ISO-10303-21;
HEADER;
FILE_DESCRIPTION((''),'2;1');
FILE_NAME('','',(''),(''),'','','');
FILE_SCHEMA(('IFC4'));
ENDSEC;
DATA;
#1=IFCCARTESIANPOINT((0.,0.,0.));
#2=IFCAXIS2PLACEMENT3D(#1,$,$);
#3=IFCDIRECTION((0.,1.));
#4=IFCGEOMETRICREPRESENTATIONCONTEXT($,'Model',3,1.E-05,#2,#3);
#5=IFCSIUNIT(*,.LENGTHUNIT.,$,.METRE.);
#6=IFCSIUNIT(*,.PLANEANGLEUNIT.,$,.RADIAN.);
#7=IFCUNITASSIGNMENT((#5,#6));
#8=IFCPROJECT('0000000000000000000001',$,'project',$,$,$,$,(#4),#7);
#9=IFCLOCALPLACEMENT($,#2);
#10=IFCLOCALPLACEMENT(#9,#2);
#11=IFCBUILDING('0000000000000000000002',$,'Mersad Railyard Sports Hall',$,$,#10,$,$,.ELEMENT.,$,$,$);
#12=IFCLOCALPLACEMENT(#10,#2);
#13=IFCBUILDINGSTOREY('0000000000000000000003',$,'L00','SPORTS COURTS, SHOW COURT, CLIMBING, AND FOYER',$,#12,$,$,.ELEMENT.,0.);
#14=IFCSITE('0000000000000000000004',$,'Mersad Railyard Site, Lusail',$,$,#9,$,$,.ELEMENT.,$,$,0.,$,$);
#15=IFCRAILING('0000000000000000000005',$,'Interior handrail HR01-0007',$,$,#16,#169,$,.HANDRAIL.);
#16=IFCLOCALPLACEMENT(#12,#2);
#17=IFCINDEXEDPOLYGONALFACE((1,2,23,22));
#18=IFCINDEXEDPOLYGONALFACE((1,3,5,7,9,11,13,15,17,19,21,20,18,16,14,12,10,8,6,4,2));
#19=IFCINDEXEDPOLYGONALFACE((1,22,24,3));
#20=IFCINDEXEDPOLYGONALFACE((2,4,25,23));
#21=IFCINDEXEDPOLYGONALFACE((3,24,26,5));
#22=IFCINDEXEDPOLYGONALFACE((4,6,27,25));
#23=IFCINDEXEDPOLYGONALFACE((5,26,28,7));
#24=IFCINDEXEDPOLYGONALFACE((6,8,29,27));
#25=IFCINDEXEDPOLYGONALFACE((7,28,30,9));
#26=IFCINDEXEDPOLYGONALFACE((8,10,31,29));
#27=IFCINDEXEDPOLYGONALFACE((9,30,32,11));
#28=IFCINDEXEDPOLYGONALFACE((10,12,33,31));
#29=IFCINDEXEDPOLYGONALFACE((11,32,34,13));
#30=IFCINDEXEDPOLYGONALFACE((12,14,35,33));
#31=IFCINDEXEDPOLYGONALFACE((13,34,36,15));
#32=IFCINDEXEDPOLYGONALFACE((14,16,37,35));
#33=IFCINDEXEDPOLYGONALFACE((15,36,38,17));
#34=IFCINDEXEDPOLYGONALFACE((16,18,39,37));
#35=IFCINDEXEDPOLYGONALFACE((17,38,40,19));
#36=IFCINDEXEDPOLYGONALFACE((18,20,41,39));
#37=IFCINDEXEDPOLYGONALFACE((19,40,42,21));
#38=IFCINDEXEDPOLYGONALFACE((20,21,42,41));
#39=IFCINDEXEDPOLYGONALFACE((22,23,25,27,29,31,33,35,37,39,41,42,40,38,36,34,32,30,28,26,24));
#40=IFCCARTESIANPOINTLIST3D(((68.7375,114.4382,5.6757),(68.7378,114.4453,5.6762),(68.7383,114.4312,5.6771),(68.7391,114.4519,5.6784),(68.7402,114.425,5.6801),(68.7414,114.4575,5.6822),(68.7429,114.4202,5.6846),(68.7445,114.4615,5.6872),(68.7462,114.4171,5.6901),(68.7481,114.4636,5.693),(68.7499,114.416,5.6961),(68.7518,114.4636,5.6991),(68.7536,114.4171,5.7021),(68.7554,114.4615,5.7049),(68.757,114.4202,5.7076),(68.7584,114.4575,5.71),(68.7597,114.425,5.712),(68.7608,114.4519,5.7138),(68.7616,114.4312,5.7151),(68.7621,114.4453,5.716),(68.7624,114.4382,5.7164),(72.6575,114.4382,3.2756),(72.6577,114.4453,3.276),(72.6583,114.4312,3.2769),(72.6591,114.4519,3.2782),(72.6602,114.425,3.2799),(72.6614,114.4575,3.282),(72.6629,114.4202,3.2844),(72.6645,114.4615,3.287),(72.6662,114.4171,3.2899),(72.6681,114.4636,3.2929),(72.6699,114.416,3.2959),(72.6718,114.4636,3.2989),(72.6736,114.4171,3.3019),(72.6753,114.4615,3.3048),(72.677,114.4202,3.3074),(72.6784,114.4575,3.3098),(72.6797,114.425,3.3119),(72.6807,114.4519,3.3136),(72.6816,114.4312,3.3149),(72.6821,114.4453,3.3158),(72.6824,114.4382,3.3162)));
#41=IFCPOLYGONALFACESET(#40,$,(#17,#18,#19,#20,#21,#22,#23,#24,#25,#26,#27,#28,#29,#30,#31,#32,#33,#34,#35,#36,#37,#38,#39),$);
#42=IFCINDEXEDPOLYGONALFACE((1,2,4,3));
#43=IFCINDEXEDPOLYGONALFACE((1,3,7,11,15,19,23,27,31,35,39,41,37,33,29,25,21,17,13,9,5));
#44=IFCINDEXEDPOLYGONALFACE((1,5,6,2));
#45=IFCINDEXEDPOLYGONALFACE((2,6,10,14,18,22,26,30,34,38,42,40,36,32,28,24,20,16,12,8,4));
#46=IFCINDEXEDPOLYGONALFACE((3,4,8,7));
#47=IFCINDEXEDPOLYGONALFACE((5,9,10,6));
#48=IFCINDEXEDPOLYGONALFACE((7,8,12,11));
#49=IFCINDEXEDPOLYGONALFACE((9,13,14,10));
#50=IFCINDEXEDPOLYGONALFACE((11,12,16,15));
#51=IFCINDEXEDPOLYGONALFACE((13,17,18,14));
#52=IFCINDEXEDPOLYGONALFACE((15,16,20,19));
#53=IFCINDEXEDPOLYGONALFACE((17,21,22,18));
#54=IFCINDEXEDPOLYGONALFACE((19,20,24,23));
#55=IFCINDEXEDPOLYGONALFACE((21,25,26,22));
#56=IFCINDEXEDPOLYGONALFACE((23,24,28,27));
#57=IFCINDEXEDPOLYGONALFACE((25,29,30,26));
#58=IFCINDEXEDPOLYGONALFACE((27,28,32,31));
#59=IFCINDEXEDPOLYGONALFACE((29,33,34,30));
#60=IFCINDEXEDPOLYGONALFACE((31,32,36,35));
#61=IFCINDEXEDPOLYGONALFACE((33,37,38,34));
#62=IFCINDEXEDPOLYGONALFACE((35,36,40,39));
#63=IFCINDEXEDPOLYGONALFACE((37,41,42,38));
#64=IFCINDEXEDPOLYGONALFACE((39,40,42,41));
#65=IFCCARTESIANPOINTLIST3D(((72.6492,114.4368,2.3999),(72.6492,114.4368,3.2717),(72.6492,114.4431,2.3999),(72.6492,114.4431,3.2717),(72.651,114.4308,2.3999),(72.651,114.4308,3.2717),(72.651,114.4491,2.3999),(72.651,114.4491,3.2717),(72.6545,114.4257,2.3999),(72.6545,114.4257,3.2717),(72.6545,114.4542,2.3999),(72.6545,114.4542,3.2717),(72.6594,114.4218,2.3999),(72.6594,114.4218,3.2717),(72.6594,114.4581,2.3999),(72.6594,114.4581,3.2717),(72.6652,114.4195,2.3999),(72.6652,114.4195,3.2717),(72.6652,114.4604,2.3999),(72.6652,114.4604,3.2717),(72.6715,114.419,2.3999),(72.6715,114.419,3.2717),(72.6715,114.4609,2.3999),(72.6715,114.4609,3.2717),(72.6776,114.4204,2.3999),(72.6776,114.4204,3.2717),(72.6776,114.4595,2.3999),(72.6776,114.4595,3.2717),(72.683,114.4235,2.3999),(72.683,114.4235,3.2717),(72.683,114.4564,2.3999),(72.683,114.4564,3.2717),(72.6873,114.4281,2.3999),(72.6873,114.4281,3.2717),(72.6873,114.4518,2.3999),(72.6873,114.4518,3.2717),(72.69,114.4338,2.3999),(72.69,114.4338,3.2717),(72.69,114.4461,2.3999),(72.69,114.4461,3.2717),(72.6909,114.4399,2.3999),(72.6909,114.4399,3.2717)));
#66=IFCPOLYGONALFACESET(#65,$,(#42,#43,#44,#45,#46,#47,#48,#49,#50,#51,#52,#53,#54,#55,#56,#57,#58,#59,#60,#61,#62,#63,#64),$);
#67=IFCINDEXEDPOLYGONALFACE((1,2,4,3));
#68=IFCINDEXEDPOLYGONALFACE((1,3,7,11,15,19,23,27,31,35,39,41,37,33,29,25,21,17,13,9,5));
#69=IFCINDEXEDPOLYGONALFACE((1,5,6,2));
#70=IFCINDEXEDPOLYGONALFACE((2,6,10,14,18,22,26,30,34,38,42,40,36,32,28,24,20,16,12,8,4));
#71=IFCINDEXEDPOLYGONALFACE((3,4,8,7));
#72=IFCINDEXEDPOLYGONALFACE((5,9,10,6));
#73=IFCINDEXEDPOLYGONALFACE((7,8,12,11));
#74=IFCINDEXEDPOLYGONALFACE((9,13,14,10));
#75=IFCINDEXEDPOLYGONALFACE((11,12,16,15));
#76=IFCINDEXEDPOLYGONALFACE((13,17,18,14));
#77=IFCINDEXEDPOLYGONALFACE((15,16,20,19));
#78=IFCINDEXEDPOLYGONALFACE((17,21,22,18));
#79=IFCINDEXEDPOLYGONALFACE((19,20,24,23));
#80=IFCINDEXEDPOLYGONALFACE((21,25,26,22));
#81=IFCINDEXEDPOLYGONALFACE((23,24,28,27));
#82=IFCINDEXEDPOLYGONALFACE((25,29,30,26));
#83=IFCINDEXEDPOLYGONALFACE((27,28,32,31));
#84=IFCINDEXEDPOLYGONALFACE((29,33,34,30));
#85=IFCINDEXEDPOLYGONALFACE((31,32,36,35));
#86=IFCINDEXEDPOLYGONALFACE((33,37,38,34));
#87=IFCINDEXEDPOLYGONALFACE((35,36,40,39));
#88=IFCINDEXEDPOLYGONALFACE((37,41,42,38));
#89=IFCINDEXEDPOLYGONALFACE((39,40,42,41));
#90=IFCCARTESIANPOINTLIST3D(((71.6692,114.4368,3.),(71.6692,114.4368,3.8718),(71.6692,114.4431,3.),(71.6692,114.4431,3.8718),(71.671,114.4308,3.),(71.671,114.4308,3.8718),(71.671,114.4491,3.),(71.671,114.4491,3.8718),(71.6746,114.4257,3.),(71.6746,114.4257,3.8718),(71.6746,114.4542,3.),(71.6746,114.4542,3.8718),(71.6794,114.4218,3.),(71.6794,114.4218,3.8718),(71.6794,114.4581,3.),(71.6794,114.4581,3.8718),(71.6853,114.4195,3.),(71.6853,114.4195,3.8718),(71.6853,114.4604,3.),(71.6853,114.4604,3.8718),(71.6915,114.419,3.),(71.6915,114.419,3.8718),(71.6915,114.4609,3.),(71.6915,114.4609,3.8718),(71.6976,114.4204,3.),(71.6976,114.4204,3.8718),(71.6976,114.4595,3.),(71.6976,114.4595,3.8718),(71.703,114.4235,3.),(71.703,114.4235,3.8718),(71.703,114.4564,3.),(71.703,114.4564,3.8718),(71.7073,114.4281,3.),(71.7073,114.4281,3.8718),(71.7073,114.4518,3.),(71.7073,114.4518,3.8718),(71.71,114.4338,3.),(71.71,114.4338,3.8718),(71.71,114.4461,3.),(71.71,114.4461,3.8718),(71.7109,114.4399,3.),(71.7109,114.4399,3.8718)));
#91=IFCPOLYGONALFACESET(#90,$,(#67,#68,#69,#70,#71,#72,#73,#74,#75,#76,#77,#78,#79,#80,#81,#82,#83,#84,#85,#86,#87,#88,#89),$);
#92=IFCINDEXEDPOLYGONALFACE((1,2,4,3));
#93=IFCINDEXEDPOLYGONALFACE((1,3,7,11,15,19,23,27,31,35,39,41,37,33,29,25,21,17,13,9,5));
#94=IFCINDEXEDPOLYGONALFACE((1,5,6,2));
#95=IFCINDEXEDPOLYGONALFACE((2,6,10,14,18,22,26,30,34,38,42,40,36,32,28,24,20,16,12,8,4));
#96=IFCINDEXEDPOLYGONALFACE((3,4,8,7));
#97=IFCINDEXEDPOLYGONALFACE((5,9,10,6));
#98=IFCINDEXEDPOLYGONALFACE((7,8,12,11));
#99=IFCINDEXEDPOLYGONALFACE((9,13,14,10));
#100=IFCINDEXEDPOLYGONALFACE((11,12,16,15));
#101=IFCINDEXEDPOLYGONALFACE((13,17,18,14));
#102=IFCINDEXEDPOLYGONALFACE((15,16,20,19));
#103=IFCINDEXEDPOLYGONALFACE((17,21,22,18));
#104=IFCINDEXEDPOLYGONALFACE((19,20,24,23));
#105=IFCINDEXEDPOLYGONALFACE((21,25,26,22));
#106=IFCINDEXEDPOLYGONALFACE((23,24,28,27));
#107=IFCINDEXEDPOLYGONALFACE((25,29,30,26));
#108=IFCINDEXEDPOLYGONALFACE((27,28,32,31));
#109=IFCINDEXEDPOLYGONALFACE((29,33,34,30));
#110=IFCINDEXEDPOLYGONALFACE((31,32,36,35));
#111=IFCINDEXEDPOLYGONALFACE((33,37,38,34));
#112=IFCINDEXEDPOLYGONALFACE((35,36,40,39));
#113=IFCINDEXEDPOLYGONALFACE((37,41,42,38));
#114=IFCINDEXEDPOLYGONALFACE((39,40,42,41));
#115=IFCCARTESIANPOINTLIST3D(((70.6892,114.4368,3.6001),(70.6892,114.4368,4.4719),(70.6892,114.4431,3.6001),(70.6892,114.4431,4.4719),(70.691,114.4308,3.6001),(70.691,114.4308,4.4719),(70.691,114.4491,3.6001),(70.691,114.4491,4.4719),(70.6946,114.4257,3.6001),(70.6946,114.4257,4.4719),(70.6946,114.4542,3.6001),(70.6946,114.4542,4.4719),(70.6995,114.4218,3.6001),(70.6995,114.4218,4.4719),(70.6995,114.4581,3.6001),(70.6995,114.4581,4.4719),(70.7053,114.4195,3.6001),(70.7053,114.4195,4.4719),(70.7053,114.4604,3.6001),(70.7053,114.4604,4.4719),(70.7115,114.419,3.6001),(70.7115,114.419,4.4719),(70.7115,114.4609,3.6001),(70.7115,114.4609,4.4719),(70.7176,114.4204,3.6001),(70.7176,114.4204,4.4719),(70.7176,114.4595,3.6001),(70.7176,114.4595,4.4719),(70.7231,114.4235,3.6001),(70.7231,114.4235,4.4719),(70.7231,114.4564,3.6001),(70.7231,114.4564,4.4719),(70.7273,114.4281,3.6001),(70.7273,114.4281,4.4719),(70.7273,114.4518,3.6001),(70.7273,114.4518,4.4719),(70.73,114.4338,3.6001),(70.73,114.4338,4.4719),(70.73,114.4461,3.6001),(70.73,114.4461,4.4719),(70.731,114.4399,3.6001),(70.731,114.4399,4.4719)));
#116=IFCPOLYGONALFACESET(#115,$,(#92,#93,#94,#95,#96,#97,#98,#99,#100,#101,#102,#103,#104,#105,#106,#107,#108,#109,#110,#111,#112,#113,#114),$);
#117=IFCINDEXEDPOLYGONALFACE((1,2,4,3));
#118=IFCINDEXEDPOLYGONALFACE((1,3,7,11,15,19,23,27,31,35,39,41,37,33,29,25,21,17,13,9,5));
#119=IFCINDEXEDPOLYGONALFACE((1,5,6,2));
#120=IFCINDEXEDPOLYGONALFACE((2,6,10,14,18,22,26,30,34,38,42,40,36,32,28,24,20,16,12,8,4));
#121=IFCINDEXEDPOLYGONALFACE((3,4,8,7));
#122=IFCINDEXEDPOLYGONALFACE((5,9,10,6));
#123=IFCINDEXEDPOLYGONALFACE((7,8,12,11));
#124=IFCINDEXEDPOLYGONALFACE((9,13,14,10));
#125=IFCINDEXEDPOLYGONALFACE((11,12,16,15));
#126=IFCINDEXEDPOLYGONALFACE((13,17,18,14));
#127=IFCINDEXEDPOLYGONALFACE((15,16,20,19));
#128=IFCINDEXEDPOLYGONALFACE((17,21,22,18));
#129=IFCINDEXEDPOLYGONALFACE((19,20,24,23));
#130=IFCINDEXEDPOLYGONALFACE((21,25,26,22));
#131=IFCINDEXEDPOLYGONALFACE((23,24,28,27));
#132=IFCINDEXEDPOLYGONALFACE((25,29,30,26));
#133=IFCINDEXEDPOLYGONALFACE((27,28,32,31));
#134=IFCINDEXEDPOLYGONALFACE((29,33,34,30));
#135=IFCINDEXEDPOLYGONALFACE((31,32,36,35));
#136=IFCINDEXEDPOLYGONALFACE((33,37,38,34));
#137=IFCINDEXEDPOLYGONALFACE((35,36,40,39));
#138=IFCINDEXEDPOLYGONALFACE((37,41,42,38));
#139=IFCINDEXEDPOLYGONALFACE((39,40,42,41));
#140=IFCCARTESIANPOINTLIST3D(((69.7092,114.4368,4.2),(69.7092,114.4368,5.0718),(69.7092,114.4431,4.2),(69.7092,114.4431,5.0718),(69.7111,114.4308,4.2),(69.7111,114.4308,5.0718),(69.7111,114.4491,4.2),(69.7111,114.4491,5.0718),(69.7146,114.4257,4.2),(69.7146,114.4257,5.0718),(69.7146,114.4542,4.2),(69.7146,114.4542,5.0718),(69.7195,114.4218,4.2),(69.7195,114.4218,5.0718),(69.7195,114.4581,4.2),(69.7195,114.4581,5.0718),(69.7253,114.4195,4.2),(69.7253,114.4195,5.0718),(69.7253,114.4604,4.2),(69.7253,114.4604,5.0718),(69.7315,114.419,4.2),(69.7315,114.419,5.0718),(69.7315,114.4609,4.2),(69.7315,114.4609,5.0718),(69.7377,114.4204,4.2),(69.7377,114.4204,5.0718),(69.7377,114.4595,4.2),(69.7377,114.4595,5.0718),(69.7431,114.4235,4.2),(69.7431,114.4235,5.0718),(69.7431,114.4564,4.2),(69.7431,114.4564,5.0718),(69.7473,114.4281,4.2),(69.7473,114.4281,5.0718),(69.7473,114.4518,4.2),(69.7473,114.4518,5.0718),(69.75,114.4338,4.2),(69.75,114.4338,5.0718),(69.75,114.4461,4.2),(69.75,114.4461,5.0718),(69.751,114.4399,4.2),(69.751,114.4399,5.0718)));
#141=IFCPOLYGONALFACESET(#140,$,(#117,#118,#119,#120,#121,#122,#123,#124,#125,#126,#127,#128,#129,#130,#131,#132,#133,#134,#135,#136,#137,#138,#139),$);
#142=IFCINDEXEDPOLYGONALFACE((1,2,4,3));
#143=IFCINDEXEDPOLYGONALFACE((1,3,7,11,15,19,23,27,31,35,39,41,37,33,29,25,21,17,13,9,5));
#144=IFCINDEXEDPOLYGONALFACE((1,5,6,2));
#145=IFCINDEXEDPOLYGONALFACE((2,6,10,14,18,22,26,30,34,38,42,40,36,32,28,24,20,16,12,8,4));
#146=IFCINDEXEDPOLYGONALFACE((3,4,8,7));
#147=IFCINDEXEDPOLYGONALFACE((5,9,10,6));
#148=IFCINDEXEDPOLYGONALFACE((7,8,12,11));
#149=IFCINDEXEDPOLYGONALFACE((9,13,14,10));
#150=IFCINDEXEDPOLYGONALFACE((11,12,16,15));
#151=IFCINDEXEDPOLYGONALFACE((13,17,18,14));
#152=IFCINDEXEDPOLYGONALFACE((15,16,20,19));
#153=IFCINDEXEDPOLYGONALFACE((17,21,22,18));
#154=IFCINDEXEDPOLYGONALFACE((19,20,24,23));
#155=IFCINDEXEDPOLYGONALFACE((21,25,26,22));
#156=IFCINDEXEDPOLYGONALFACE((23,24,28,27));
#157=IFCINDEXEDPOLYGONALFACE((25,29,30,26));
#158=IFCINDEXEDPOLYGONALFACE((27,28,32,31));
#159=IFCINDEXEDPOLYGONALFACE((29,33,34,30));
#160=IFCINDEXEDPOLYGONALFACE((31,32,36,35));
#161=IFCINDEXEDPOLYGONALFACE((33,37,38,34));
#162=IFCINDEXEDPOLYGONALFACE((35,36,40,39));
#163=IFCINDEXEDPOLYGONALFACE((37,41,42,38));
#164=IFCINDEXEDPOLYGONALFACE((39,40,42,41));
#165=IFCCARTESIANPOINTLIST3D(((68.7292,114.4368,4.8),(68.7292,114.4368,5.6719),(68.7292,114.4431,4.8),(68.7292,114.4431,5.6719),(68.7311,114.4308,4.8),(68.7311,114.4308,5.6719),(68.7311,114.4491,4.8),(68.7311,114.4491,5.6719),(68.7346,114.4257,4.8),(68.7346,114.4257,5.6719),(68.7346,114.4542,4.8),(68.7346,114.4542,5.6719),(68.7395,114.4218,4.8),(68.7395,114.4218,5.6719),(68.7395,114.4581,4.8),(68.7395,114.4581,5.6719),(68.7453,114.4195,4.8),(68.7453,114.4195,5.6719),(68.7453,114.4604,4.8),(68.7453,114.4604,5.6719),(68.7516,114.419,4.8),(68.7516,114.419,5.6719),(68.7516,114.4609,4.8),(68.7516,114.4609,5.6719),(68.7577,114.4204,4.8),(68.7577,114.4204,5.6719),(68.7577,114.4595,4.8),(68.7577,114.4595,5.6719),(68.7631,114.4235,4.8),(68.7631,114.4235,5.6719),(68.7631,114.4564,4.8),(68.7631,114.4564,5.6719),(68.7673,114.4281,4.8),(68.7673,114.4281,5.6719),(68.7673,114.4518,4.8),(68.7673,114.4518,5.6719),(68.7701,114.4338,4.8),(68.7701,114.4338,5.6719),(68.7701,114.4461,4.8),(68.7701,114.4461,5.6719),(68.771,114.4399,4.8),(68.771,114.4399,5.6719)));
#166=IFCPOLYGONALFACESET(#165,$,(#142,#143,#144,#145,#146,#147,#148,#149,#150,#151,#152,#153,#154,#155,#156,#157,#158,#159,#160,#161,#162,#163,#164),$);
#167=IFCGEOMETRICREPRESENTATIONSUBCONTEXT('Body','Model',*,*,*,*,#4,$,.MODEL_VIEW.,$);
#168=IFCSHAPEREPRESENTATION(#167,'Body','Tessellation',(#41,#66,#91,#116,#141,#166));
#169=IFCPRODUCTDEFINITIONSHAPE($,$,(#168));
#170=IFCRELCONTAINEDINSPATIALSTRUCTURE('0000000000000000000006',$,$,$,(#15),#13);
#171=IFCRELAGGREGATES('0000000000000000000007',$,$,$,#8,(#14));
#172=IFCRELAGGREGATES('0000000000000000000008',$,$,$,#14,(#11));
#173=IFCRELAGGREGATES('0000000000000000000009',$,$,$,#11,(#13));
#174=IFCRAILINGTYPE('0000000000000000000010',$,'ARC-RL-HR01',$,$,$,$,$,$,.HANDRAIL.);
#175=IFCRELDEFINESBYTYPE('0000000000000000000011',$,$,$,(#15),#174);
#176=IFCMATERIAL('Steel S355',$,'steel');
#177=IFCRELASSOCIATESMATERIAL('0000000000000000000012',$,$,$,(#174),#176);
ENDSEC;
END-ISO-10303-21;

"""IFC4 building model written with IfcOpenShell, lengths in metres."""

from ifc_helpers import new_model, si_unit, direction, frame, origin, origin_2d, place, context, subcontext, project, spatial, circle, extrude, material, type_object, element, save


model = new_model("IFC4")

# Units and contexts
model_context = context("Model", 3, precision=1e-05, world=origin(), true_north=direction((0.0, 1.0)))
body_context = subcontext(model_context, "Body", "Model", "MODEL_VIEW")
ifc_project = project(units=[si_unit("LENGTHUNIT", "METRE"), si_unit("PLANEANGLEUNIT", "RADIAN")], contexts=[model_context])

# Site, building, storey
site_placement = place(None, origin())
site = spatial("IfcSite", under=ifc_project, at=site_placement, Name="Mersad Railyard Site, Lusail", CompositionType="ELEMENT", RefElevation=0.0)
building_placement = place(site_placement, origin())
building = spatial("IfcBuilding", under=site, at=building_placement, Name="Mersad Railyard Sports Hall", CompositionType="ELEMENT")
storey_placement = place(building_placement, origin())
storey = spatial("IfcBuildingStorey", under=building, at=storey_placement, Name="L00", Description="SPORTS COURTS, SHOW COURT, CLIMBING, AND FOYER", CompositionType="ELEMENT", Elevation=0.0)

# Shared definitions
ifc_material_1 = material(Name="Steel S355", Category="steel")

# Railing
railing_type_1 = type_object("IfcRailingType", Name="ARC-RL-HR01", PredefinedType="HANDRAIL", material=ifc_material_1)
railing_1_placement = place(storey_placement, frame((72.6699, 114.4399, 2.3999)))
element("IfcRailing", 1, at=railing_1_placement, inside=storey, type_object=railing_type_1, Name="Interior handrail HR01-0007", PredefinedType="HANDRAIL", context=body_context, shape_type="SweptSolid", body=[
    extrude(circle(Radius=0.0239, at=origin_2d()), frame((0.0, 0.0, 0.896), z_axis=(-0.852832, 0.0, 0.522185), x_axis=(0.0, -1.0, 0.0)), (0.0, 0.0, 1.0), 4.5964),
    extrude(circle(Radius=0.021, at=origin_2d()), origin(), (0.0, 0.0, 1.0), 0.8718),
    extrude(circle(Radius=0.021, at=origin_2d()), frame((-0.98, 0.0, 0.6001)), (0.0, 0.0, 1.0), 0.8718),
    extrude(circle(Radius=0.021, at=origin_2d()), frame((-1.96, 0.0, 1.2002)), (0.0, 0.0, 1.0), 0.8718),
    extrude(circle(Radius=0.021, at=origin_2d()), frame((-2.9399, 0.0, 1.8)), (0.0, 0.0, 1.0), 0.8718),
    extrude(circle(Radius=0.021, at=origin_2d()), frame((-3.9199, 0.0, 2.4001)), (0.0, 0.0, 1.0), 0.8718),
])

save(model, "model.ifc")
